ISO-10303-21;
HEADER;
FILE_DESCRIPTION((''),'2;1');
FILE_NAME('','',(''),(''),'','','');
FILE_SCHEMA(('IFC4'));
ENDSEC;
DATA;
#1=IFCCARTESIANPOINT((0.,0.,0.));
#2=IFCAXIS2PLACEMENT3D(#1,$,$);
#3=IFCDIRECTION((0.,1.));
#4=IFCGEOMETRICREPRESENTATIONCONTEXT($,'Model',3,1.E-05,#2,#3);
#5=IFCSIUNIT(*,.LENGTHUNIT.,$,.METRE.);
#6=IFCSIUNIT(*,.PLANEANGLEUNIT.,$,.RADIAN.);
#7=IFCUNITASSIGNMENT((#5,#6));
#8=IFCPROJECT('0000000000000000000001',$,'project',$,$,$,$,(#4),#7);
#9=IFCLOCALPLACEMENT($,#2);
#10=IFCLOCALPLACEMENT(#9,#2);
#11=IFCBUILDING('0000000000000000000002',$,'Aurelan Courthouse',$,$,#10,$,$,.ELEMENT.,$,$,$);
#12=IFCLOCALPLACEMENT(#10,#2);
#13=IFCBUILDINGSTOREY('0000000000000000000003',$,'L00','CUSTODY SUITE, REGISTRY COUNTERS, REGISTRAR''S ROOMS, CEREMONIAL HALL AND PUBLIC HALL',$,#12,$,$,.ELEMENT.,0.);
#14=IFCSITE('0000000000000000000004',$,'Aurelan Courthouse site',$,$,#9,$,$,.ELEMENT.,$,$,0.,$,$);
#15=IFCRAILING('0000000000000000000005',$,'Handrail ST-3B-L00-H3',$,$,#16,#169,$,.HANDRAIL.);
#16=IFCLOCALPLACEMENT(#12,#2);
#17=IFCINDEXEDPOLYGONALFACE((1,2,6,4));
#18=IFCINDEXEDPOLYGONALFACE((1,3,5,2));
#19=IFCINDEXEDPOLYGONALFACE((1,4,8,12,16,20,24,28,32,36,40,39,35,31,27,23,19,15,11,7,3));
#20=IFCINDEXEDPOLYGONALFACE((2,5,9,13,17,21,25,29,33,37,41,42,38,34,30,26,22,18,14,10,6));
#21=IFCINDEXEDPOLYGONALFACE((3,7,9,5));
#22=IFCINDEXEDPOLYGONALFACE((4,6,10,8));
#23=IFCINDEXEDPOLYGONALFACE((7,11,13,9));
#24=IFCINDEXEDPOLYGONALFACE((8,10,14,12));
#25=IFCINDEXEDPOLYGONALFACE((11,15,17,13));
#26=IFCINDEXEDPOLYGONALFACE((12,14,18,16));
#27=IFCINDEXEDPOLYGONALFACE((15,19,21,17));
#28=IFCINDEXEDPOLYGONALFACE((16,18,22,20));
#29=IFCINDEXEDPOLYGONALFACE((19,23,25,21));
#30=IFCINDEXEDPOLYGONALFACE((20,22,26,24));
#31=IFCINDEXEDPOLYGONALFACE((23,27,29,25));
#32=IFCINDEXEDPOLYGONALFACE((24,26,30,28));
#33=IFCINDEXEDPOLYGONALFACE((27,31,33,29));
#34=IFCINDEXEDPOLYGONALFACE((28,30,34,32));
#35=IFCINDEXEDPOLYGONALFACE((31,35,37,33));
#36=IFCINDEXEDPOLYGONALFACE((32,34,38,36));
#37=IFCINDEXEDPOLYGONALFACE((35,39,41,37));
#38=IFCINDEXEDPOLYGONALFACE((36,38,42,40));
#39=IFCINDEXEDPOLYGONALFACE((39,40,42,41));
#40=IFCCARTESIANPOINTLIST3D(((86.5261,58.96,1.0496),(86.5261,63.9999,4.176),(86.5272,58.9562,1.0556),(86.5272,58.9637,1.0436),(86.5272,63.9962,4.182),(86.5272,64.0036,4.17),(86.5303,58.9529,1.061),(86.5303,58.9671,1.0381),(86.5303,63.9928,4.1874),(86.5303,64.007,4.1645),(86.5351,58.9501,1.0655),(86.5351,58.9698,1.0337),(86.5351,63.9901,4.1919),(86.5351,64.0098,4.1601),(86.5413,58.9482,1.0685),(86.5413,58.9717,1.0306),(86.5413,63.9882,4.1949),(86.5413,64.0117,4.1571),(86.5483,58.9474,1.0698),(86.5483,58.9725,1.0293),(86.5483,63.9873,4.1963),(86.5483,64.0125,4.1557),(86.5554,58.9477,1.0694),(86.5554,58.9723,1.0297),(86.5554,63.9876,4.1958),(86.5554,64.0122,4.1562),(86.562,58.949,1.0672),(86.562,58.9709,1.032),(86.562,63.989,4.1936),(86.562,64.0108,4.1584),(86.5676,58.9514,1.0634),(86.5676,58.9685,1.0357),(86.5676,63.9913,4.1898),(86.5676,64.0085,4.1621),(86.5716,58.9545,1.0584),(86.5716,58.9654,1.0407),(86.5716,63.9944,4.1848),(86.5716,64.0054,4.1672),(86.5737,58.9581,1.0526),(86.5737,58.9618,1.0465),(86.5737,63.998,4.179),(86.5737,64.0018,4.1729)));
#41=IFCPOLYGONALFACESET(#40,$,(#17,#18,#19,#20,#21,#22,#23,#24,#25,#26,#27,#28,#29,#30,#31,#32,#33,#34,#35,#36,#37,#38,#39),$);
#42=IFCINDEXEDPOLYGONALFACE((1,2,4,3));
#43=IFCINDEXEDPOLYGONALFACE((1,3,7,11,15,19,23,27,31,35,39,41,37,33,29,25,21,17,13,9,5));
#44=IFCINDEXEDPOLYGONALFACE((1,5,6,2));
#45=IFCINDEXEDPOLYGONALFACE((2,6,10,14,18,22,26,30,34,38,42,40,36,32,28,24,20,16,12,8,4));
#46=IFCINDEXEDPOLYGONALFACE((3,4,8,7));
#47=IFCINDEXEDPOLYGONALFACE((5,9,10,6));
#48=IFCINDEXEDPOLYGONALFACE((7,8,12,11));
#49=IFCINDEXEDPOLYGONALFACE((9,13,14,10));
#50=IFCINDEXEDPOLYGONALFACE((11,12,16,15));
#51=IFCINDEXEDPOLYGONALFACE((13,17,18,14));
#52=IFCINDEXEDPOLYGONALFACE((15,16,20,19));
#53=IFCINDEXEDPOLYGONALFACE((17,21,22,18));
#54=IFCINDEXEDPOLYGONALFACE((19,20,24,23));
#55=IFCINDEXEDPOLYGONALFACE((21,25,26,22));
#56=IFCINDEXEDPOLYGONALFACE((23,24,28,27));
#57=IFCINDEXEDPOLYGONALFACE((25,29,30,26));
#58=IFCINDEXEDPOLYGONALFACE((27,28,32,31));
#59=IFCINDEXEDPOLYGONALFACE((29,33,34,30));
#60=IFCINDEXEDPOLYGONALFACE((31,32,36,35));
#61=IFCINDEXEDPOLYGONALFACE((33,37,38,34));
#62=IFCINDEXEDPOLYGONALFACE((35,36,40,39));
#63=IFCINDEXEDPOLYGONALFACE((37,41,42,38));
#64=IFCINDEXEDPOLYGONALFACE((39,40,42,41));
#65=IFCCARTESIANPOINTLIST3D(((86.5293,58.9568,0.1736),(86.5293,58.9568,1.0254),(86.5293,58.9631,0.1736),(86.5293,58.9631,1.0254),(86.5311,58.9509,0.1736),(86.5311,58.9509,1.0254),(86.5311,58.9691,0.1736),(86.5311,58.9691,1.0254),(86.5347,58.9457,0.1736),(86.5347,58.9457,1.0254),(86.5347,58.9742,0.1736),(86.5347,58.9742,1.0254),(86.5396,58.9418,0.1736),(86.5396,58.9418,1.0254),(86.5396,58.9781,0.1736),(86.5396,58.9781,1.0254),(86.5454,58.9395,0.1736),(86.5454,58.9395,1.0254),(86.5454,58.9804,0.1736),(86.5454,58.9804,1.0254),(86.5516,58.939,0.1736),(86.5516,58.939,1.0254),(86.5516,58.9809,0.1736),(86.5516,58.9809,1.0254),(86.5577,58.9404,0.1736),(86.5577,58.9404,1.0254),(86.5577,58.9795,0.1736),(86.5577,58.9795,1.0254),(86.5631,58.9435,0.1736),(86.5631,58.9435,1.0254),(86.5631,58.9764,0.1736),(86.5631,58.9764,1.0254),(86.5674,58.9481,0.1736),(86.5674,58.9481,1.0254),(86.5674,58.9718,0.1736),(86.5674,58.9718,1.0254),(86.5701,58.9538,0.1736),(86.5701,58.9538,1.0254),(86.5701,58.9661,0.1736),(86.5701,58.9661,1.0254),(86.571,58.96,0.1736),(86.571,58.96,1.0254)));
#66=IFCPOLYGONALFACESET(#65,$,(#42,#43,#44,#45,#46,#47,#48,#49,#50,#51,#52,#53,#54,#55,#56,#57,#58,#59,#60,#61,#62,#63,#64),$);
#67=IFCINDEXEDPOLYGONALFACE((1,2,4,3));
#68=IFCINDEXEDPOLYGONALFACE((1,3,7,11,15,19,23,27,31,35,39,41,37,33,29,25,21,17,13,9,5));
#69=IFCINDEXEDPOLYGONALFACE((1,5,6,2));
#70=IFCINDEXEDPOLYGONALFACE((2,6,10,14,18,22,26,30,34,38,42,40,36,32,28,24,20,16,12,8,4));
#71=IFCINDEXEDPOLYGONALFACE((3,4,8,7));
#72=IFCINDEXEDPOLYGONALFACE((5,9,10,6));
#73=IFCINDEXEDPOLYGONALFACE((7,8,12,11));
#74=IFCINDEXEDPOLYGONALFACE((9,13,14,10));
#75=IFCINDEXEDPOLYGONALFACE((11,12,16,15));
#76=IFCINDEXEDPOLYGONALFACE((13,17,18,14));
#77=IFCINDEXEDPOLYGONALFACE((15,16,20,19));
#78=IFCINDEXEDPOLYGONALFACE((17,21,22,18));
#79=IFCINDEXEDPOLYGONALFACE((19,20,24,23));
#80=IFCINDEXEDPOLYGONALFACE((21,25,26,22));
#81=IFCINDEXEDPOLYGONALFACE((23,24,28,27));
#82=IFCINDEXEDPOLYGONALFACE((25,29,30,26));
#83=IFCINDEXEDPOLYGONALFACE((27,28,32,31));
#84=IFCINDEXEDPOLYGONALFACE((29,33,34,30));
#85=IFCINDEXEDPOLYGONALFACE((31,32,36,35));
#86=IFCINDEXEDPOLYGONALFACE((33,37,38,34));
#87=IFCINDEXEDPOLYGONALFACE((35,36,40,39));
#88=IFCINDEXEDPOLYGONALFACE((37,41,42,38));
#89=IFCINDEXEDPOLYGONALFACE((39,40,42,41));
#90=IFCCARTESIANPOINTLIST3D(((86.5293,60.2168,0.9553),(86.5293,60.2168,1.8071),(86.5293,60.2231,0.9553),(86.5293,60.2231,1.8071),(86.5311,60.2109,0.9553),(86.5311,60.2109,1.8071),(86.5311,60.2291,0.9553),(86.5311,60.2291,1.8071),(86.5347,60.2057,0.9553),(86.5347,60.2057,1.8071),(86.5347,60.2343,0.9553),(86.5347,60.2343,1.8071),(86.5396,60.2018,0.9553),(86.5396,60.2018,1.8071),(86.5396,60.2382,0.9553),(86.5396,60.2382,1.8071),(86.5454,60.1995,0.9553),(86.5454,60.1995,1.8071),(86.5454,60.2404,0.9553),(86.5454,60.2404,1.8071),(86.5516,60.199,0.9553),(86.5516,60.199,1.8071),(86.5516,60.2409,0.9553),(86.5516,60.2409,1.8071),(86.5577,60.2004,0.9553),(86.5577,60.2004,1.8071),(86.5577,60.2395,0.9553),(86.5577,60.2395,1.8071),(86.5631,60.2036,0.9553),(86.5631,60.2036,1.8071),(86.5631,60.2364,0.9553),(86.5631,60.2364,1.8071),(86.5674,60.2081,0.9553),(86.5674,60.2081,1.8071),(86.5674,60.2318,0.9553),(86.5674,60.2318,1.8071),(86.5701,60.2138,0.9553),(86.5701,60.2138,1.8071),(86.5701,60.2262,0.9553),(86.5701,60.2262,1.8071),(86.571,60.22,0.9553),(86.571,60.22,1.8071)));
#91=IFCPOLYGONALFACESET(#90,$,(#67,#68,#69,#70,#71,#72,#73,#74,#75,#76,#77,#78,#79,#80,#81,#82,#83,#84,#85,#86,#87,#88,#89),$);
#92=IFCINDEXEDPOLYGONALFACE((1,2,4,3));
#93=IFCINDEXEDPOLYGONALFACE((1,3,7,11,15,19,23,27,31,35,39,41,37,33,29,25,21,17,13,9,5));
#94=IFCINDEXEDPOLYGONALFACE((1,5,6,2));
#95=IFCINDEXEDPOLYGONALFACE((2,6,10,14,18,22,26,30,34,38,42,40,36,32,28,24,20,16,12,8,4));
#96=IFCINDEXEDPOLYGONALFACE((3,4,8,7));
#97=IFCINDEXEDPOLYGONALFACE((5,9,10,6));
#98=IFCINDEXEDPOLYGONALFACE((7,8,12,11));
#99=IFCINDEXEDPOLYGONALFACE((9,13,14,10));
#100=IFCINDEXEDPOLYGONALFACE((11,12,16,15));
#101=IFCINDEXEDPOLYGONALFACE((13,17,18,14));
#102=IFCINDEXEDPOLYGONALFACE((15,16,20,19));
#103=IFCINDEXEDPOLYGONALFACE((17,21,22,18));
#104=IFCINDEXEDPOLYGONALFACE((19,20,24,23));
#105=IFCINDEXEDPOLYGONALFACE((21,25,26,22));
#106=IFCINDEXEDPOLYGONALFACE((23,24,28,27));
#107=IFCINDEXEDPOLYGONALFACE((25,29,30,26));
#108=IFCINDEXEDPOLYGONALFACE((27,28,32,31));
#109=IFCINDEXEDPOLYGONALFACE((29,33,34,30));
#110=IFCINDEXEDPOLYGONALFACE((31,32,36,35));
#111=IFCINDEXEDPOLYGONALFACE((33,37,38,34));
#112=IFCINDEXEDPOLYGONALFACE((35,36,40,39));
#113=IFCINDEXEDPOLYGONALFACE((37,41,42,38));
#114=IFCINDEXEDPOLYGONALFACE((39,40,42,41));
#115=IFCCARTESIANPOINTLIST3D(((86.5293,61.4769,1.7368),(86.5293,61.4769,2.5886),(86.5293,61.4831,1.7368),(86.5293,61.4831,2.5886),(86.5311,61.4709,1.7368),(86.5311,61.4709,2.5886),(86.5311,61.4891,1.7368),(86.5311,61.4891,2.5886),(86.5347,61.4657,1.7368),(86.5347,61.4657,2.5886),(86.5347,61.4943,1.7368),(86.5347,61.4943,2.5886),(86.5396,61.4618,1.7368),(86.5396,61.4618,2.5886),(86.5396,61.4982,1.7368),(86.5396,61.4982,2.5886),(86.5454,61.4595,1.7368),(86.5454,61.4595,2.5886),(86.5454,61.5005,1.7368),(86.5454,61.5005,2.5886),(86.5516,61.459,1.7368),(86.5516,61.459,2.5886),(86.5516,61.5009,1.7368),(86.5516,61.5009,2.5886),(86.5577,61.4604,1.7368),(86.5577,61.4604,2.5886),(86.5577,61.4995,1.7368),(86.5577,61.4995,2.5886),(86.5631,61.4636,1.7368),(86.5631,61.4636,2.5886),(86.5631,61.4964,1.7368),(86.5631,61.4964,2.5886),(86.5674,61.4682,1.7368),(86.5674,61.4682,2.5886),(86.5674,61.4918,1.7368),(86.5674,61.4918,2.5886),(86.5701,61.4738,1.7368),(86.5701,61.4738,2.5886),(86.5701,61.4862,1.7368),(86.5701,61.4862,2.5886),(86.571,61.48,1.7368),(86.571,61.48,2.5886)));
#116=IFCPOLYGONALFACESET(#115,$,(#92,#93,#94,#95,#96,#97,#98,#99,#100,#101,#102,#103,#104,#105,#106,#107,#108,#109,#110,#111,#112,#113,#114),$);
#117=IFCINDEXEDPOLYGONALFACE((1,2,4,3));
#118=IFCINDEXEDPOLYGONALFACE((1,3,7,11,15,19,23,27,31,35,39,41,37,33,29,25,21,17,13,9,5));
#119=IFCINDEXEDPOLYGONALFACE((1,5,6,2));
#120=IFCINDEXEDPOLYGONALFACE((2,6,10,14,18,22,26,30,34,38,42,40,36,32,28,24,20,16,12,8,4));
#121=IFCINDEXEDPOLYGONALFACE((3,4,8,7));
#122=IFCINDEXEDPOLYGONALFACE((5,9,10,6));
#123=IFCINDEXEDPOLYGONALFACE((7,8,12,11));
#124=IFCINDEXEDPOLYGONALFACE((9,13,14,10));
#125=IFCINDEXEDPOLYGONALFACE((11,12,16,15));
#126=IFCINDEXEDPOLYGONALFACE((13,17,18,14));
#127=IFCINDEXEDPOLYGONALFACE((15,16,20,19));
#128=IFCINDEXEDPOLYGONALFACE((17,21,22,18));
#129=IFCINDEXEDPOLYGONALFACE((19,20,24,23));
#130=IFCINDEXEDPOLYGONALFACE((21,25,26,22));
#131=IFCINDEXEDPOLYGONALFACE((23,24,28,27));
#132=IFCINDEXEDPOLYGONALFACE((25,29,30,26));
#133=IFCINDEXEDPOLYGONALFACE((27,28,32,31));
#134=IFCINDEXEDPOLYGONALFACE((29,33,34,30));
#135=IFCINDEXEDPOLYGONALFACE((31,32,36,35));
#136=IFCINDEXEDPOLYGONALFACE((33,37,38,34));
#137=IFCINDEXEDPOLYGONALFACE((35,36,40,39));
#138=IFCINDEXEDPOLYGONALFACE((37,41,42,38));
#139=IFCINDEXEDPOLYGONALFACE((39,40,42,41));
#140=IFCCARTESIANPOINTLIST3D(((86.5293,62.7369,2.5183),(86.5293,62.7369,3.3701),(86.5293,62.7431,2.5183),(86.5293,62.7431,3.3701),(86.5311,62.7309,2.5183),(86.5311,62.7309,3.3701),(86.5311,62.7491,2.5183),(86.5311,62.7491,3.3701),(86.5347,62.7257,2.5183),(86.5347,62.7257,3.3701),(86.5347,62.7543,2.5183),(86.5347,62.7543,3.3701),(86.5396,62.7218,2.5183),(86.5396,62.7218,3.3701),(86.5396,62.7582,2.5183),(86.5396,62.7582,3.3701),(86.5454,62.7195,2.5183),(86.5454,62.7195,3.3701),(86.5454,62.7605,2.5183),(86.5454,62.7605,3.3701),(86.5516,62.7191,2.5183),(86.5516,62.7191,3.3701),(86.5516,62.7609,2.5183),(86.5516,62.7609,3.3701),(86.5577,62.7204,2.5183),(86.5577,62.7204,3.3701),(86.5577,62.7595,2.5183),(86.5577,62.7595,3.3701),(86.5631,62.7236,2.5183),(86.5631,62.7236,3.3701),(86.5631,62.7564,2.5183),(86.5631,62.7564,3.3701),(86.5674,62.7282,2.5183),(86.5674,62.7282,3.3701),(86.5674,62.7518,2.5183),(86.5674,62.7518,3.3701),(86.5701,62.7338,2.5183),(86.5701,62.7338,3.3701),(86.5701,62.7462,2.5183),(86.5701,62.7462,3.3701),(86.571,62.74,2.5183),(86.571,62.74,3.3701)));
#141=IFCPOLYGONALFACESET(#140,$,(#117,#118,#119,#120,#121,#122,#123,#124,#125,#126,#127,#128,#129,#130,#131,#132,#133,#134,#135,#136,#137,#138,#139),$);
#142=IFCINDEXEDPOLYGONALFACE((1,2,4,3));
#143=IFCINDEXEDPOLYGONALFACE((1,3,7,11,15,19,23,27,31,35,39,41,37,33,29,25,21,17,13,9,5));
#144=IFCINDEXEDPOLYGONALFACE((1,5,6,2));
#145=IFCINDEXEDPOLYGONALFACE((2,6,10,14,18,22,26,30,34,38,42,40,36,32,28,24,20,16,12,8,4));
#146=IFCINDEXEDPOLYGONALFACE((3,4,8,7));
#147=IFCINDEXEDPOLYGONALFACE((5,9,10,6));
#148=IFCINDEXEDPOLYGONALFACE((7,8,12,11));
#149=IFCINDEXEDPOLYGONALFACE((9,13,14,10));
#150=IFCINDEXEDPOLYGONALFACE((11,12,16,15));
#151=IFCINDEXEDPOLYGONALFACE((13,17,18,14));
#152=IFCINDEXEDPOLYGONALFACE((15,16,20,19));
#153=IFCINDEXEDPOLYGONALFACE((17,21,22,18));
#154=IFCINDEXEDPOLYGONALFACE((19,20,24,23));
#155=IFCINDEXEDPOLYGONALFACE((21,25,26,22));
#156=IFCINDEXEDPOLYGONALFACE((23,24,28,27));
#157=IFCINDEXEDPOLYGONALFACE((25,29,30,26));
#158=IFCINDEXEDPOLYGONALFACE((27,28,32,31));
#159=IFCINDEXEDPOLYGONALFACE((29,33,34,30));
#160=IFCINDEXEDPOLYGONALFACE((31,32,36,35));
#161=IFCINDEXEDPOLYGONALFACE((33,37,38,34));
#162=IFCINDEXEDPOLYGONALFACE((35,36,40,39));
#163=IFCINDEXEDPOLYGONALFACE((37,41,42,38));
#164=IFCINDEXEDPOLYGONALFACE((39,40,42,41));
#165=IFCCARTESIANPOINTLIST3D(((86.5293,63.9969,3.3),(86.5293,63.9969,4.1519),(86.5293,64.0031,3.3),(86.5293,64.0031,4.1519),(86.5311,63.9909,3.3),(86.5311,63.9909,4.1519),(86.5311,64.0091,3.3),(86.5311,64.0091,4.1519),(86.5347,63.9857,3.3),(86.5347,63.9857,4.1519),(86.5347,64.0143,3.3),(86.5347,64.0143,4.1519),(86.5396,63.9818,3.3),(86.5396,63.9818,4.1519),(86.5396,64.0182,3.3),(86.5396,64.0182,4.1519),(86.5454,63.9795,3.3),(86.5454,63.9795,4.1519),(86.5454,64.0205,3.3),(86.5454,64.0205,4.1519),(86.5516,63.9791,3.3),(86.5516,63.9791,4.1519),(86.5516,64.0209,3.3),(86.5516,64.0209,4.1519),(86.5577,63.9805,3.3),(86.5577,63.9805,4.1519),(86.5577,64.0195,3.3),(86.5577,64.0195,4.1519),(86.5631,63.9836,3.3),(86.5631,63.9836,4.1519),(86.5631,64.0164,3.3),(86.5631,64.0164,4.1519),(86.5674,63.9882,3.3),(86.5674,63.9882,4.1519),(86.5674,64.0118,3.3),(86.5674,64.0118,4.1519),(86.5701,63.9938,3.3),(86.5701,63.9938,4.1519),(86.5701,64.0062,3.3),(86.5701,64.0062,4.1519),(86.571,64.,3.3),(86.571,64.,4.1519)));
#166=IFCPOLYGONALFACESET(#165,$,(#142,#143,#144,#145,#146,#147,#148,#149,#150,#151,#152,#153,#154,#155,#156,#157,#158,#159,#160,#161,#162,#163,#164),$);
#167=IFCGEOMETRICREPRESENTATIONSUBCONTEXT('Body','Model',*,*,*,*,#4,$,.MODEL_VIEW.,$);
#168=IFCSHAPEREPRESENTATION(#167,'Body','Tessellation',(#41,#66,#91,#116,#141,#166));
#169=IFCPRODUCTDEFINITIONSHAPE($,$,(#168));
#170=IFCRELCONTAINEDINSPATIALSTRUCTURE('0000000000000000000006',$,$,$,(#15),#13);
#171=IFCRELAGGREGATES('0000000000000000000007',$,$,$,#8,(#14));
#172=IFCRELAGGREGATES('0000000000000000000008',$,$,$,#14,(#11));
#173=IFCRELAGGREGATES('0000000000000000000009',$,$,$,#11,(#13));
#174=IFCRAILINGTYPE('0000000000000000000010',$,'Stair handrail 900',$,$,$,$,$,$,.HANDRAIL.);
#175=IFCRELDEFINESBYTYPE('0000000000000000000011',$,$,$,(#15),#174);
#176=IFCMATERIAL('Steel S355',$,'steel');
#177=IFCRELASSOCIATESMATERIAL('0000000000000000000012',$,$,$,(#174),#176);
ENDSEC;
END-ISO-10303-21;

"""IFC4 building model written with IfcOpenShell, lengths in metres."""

from ifc_helpers import new_model, si_unit, direction, frame, origin, origin_2d, place, context, subcontext, project, spatial, circle, extrude, material, type_object, element, save


model = new_model("IFC4")

# Units and contexts
model_context = context("Model", 3, precision=1e-05, world=origin(), true_north=direction((0.0, 1.0)))
body_context = subcontext(model_context, "Body", "Model", "MODEL_VIEW")
ifc_project = project(units=[si_unit("LENGTHUNIT", "METRE"), si_unit("PLANEANGLEUNIT", "RADIAN")], contexts=[model_context])

# Site, building, storey
site_placement = place(None, origin())
site = spatial("IfcSite", under=ifc_project, at=site_placement, Name="Aurelan Courthouse site", CompositionType="ELEMENT", RefElevation=0.0)
building_placement = place(site_placement, origin())
building = spatial("IfcBuilding", under=site, at=building_placement, Name="Aurelan Courthouse", CompositionType="ELEMENT")
storey_placement = place(building_placement, origin())
storey = spatial("IfcBuildingStorey", under=building, at=storey_placement, Name="L00", Description="CUSTODY SUITE, REGISTRY COUNTERS, REGISTRAR'S ROOMS, CEREMONIAL HALL AND PUBLIC HALL", CompositionType="ELEMENT", Elevation=0.0)

# Railing
ifc_material_1 = material(Name="Steel S355", Category="steel")
railing_type_1 = type_object("IfcRailingType", Name="Stair handrail 900", PredefinedType="HANDRAIL", material=ifc_material_1)
for number, where, name in (
    (1, (86.55, 58.96, 0.1736), "Handrail ST-3B-L00-H3"),
):
    element("IfcRailing", number, at=place(storey_placement, frame(where)), inside=storey, type_object=railing_type_1, Name=name, PredefinedType="HANDRAIL", context=body_context, shape_type="SweptSolid", body=[
        extrude(circle(Radius=0.0239, at=origin_2d()), frame((0.0, 0.0, 0.876), z_axis=(0.0, 0.849779, 0.527139), x_axis=(-1.0, 0.0, 0.0)), (0.0, 0.0, 1.0), 5.9309),
        extrude(circle(Radius=0.021, at=origin_2d()), origin(), (0.0, 0.0, 1.0), 0.8518),
        extrude(circle(Radius=0.021, at=origin_2d()), frame((0.0, 1.26, 0.7817)), (0.0, 0.0, 1.0), 0.8518),
        extrude(circle(Radius=0.021, at=origin_2d()), frame((0.0, 2.52, 1.5632)), (0.0, 0.0, 1.0), 0.8518),
        extrude(circle(Radius=0.021, at=origin_2d()), frame((0.0, 3.78, 2.3447)), (0.0, 0.0, 1.0), 0.8518),
        extrude(circle(Radius=0.021, at=origin_2d()), frame((0.0, 5.04, 3.1265)), (0.0, 0.0, 1.0), 0.8518),
    ])

save(model, "model.ifc")
